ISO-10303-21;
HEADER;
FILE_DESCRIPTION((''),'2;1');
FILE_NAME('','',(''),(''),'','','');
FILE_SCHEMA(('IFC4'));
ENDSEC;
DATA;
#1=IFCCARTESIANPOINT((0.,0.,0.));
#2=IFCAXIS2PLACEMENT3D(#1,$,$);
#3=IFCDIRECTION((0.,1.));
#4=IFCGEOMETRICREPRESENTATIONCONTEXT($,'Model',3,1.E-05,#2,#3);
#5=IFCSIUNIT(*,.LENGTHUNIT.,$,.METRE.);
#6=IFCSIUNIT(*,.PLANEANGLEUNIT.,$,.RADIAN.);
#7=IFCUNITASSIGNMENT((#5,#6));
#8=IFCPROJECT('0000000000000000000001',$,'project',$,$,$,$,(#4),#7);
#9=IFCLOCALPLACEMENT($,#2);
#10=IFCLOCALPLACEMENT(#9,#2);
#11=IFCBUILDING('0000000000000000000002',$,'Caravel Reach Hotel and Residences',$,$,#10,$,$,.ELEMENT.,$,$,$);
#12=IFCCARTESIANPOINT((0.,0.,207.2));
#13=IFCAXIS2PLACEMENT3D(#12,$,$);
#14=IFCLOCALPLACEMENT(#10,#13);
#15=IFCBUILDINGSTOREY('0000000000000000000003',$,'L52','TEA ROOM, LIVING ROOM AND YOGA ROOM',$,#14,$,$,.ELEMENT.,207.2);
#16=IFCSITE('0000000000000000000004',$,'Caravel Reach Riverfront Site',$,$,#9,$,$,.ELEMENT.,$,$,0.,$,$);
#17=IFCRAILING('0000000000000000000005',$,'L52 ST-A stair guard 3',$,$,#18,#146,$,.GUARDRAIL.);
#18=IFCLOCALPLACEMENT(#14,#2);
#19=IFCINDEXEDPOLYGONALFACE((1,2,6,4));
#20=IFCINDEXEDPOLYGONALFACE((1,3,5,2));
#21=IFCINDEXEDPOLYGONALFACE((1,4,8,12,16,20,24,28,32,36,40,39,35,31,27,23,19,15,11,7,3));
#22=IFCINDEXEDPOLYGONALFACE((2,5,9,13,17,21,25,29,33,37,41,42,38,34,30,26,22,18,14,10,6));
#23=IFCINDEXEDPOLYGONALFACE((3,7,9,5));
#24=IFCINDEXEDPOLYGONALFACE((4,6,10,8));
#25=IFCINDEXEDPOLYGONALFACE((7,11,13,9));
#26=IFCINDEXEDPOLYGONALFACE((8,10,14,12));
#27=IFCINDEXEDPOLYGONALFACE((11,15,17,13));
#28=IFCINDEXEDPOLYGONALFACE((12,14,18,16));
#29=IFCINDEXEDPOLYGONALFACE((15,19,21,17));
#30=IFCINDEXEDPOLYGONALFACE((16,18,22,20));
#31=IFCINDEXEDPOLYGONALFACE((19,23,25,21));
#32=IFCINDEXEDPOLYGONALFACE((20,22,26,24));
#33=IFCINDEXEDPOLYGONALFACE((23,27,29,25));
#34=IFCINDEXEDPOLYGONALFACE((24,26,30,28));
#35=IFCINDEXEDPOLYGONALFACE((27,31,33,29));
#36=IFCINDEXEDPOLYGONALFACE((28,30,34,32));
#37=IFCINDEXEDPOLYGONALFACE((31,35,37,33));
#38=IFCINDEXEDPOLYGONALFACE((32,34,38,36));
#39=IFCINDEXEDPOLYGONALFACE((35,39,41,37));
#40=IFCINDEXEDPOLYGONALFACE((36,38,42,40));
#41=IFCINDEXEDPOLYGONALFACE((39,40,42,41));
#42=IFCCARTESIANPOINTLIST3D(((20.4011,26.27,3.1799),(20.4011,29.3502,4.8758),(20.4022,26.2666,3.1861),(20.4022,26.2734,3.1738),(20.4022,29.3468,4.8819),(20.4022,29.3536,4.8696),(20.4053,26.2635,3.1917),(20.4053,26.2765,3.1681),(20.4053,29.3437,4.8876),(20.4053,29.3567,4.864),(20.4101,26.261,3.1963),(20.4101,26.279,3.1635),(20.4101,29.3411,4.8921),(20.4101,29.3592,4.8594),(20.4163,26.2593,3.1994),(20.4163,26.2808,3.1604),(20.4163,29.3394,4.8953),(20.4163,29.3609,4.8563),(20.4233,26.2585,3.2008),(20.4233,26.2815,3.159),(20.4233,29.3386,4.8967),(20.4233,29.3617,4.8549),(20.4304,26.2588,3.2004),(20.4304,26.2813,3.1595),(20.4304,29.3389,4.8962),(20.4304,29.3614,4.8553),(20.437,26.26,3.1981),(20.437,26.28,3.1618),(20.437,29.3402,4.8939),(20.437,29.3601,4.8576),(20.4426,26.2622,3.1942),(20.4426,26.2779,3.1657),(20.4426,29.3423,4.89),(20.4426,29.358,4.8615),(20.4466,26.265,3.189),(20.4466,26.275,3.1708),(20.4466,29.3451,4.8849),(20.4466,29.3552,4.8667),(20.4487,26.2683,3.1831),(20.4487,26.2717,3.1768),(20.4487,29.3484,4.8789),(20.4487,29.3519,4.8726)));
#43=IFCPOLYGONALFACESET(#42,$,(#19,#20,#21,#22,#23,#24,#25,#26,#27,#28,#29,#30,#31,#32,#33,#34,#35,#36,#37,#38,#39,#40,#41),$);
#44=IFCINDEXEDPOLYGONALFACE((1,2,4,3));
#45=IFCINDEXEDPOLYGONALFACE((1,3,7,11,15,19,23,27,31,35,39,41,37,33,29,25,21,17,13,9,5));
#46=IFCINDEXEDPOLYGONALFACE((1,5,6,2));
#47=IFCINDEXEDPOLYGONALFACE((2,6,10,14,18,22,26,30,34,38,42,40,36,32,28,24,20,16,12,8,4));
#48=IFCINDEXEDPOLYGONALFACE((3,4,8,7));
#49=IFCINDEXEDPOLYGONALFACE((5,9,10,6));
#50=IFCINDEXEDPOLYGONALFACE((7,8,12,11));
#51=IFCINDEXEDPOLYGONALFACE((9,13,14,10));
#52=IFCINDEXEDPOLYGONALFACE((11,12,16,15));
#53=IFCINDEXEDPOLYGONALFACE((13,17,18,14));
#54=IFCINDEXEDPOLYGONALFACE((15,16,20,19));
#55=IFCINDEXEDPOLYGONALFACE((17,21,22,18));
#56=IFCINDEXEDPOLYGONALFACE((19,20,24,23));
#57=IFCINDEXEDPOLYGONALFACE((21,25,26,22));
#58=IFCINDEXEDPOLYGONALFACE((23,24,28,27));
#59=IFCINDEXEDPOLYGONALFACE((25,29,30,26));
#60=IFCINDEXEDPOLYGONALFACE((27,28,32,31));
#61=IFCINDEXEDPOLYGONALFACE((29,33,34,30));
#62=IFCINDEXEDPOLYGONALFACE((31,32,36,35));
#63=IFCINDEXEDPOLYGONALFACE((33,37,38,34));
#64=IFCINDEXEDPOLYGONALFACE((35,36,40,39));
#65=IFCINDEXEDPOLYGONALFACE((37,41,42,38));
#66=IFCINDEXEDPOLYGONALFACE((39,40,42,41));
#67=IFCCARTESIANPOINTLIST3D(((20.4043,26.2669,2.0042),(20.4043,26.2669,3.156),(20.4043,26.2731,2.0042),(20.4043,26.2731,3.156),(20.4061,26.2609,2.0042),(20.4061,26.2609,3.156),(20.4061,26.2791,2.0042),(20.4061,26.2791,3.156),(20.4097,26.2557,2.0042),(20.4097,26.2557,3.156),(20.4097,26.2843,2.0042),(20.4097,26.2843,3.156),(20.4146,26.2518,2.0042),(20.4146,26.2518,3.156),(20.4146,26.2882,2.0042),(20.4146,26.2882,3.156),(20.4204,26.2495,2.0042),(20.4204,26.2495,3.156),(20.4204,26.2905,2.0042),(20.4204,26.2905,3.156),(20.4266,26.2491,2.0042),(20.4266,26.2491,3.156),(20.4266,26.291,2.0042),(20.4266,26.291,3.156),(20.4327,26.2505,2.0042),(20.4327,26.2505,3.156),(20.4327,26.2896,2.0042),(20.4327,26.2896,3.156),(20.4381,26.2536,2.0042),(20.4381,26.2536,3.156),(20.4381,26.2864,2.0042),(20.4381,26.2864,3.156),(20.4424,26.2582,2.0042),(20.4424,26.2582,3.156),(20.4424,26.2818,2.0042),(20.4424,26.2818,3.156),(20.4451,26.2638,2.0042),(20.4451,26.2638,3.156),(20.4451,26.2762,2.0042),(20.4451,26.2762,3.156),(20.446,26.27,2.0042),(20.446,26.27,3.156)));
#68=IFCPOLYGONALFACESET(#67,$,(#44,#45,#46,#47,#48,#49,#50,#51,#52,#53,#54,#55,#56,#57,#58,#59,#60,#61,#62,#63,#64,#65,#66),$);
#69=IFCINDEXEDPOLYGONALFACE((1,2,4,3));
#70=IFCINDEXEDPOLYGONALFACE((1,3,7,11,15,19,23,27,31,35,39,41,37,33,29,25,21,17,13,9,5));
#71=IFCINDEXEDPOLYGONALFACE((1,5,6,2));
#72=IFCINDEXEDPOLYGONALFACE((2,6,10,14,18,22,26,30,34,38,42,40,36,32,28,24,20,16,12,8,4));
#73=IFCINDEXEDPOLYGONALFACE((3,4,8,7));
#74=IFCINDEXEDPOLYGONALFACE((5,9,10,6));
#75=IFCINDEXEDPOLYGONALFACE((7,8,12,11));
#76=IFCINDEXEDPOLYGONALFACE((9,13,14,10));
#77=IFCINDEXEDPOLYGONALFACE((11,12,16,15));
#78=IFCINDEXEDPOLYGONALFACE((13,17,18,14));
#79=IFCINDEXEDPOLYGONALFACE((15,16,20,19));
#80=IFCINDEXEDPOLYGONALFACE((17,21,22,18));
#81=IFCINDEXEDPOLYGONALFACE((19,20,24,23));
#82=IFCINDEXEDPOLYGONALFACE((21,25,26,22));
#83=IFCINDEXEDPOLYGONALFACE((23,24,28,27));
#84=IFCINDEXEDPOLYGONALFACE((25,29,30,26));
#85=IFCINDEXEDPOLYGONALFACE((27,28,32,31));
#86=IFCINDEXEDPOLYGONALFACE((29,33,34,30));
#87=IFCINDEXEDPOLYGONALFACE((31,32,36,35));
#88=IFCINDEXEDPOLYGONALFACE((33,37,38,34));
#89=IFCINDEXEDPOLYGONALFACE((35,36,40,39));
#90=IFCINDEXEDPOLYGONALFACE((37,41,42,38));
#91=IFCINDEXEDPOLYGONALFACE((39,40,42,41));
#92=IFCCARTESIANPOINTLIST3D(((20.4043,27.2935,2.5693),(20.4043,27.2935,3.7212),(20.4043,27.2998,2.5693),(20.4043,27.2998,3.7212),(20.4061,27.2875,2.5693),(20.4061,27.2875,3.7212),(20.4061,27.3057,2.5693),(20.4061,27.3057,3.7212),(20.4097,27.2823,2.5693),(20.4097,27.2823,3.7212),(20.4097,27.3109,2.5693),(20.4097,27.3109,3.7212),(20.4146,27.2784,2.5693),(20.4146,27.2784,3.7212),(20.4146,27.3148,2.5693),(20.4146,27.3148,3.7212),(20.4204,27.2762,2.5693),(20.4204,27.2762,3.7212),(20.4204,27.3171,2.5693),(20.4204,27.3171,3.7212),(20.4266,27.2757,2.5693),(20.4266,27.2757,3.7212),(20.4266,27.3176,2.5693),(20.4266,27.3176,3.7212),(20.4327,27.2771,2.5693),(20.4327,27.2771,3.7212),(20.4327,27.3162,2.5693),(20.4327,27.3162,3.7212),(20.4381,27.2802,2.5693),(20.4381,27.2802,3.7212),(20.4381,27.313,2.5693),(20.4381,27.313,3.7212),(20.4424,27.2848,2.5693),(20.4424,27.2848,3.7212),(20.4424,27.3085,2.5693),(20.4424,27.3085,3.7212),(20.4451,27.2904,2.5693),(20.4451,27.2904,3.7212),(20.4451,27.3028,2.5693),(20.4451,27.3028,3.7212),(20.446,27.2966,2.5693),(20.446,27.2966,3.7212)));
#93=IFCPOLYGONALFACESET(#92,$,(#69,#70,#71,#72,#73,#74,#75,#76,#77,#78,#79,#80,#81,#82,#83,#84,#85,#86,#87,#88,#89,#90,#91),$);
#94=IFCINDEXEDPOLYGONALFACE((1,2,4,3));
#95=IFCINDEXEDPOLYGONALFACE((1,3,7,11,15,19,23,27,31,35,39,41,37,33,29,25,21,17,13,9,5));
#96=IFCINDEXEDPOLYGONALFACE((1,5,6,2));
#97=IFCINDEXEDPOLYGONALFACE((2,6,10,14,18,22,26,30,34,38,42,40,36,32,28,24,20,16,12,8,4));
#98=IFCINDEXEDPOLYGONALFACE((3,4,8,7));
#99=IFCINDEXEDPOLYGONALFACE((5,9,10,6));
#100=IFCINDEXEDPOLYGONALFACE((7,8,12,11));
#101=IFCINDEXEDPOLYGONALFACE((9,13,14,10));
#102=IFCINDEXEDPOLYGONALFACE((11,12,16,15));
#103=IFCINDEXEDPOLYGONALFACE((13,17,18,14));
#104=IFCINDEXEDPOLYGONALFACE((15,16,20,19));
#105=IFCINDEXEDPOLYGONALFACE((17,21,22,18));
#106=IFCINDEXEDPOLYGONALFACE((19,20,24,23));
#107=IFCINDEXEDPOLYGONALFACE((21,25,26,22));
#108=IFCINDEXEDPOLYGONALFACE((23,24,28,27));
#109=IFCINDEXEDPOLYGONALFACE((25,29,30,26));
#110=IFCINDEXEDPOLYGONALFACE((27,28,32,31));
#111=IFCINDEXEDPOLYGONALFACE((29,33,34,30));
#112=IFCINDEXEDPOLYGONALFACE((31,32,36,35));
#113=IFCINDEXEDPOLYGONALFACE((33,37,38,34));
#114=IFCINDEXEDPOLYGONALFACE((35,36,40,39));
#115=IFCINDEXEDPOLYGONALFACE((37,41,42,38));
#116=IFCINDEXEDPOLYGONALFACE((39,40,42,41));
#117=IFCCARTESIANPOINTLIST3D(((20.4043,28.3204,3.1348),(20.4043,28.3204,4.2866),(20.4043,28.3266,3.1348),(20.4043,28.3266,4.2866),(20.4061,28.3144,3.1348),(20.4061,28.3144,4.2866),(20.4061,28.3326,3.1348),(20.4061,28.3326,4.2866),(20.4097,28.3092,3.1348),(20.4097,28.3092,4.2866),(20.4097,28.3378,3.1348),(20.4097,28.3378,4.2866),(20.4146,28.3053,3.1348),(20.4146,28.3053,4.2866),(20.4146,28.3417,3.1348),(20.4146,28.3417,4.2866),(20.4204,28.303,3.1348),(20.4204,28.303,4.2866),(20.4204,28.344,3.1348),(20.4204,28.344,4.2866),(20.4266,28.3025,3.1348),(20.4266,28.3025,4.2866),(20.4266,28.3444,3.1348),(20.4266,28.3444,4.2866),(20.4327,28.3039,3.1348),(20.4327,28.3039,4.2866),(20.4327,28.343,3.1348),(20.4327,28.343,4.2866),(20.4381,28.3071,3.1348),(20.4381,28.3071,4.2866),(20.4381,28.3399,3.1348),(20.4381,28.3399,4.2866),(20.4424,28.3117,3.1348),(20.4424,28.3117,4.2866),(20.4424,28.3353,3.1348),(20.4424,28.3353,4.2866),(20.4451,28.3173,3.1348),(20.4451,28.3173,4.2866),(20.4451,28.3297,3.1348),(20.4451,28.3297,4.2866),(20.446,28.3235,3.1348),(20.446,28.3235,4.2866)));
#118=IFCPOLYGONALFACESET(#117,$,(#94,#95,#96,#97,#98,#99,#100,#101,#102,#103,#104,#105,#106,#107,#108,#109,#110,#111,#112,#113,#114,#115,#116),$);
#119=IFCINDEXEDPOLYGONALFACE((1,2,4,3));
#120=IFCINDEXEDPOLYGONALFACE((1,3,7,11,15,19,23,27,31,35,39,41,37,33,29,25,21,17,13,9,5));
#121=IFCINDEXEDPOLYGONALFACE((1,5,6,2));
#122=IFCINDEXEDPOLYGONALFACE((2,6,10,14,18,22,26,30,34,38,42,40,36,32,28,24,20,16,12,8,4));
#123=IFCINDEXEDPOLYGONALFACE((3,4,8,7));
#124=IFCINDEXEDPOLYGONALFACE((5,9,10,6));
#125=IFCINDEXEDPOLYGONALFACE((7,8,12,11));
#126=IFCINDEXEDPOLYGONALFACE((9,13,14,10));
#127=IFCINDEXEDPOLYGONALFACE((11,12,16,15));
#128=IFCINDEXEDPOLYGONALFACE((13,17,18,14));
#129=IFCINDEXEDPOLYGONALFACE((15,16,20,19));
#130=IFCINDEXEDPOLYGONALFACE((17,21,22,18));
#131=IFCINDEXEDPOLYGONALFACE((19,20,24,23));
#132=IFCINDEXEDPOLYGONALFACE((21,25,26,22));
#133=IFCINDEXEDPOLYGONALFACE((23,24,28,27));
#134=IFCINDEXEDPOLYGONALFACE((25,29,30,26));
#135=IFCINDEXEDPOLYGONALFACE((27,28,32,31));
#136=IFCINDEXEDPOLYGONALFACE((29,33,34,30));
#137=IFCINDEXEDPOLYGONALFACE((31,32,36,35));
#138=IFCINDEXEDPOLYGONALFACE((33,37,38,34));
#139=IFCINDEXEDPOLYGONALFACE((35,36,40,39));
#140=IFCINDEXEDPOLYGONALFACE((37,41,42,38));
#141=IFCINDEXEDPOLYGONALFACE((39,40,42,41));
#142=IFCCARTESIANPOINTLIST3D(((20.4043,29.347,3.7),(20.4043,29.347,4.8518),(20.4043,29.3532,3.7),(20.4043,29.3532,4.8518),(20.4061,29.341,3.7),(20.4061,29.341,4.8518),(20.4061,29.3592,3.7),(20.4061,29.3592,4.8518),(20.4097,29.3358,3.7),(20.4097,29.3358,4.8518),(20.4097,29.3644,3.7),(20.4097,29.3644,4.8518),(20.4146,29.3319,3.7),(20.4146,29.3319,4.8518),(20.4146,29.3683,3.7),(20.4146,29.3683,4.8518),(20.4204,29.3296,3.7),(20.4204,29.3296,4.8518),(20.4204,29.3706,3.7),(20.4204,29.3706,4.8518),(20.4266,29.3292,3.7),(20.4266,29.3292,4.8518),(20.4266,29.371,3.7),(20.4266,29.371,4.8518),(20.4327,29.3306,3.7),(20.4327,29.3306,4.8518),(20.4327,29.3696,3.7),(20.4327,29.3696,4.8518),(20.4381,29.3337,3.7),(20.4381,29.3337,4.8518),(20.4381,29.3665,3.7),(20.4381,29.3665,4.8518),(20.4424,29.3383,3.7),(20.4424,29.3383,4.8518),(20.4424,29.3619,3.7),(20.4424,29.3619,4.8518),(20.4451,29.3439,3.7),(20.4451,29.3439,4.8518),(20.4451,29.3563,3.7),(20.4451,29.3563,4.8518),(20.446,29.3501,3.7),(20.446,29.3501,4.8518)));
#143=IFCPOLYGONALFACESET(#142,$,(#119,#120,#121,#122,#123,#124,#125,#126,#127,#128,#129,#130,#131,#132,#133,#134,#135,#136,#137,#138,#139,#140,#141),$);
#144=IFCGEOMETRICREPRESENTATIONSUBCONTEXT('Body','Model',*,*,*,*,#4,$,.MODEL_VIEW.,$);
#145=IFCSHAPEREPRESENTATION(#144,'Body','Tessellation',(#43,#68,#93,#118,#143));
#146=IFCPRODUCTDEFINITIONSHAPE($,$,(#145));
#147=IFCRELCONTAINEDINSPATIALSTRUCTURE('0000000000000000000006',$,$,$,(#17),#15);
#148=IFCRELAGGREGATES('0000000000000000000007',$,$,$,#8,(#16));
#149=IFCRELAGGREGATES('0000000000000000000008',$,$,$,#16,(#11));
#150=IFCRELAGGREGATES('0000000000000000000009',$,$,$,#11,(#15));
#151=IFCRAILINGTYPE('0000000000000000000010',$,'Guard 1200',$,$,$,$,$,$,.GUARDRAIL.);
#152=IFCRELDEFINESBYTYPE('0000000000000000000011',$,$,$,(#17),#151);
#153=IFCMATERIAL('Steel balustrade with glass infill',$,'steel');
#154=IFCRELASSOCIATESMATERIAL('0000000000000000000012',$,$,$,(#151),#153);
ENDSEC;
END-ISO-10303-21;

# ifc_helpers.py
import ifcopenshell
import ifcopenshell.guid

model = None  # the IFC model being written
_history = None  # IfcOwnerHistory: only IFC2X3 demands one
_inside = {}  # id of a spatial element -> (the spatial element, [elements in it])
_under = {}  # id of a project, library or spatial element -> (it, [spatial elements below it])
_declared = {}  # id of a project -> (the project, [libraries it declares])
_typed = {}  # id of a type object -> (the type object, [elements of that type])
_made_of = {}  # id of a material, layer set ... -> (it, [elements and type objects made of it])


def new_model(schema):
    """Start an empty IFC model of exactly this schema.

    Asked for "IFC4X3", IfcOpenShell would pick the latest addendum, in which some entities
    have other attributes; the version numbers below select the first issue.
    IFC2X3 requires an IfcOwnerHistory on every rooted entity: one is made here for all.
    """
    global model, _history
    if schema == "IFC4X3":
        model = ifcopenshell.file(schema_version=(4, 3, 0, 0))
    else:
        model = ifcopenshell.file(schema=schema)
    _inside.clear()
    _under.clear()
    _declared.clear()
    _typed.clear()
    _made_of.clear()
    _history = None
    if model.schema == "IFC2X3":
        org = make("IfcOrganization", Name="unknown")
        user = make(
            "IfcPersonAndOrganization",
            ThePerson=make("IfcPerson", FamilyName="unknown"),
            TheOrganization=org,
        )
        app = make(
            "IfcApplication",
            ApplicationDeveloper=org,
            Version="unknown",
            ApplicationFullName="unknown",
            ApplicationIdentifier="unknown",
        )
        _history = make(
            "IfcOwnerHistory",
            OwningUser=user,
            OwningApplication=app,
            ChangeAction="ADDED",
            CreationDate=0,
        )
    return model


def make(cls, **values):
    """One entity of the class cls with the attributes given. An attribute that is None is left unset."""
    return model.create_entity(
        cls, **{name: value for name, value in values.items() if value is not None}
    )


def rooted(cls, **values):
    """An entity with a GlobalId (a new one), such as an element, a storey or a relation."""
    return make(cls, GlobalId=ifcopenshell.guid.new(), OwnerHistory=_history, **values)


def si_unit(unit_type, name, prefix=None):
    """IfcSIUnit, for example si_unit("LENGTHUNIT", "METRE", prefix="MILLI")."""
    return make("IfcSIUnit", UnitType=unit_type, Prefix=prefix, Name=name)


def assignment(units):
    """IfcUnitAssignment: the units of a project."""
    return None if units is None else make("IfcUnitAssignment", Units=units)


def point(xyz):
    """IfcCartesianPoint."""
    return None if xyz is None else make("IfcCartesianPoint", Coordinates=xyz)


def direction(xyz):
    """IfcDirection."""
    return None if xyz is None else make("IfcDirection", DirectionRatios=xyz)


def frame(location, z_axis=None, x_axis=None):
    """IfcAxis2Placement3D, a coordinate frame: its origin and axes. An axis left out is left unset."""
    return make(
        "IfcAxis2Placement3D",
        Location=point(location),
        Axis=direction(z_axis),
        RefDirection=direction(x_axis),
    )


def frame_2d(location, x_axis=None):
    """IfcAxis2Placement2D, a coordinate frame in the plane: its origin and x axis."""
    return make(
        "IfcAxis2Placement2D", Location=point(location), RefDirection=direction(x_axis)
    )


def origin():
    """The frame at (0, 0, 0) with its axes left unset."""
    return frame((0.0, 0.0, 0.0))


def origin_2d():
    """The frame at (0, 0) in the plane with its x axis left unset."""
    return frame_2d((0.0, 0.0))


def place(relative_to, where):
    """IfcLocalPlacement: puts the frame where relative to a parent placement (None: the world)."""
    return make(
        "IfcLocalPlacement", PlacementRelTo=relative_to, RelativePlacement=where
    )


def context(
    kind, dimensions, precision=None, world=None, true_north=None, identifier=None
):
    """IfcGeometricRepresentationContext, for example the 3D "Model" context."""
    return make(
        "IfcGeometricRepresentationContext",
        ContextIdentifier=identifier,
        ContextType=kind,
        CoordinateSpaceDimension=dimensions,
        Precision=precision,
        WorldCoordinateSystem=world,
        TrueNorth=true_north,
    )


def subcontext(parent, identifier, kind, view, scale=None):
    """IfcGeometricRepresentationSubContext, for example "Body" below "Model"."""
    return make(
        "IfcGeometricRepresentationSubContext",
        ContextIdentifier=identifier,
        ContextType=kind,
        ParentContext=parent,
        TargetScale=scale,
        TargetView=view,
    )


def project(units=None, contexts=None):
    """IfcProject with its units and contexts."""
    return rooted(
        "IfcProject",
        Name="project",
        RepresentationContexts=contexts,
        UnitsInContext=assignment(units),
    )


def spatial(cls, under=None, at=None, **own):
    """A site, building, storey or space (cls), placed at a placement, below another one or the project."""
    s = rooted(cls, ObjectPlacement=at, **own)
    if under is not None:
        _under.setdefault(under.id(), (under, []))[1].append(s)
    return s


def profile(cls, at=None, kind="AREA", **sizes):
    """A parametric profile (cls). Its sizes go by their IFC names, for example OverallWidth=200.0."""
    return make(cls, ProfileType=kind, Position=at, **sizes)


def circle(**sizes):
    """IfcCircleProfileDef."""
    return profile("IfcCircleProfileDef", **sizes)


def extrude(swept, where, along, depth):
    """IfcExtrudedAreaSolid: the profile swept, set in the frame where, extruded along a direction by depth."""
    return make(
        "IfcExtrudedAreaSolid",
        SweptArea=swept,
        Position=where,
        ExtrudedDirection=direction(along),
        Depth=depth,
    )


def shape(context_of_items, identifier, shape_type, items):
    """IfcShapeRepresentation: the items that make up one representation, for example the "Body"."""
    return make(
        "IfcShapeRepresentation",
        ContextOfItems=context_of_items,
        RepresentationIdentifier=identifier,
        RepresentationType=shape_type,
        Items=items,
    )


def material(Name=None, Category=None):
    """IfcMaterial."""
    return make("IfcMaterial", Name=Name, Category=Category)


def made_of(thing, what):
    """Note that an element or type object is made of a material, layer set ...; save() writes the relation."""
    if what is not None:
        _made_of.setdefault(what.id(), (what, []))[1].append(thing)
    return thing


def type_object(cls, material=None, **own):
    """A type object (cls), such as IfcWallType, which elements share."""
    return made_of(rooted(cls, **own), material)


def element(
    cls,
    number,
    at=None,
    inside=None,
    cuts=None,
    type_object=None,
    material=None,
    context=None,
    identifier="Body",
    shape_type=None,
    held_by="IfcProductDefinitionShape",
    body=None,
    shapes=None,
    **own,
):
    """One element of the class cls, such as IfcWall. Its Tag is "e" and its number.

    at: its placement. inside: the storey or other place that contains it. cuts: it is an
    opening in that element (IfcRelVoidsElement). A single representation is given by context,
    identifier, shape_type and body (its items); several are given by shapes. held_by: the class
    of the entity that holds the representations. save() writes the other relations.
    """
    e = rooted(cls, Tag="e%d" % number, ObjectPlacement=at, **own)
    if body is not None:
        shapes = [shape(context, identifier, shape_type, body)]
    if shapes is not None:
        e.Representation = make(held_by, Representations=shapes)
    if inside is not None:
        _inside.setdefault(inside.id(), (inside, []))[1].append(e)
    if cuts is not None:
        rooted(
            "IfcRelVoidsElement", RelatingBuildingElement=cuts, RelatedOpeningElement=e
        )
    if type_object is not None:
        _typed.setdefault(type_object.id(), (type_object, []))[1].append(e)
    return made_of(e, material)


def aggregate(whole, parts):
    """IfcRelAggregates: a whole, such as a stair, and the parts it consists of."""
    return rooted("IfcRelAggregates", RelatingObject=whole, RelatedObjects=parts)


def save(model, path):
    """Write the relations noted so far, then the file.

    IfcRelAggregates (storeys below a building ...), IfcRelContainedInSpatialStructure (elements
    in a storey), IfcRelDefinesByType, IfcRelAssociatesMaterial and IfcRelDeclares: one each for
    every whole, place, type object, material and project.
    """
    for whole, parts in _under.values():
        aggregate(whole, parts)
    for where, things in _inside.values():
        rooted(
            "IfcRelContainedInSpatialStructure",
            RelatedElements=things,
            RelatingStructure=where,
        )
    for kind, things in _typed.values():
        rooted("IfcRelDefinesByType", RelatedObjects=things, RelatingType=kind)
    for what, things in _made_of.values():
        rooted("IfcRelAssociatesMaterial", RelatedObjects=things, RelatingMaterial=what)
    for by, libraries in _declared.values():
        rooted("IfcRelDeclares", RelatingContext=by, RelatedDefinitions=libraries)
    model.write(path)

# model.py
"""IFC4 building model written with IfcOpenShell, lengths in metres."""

from ifc_helpers import new_model, si_unit, direction, frame, origin, origin_2d, place, context, subcontext, project, spatial, circle, extrude, material, type_object, element, save


model = new_model("IFC4")

# Units and contexts
model_context = context("Model", 3, precision=1e-05, world=origin(), true_north=direction((0.0, 1.0)))
body_context = subcontext(model_context, "Body", "Model", "MODEL_VIEW")
ifc_project = project(units=[si_unit("LENGTHUNIT", "METRE"), si_unit("PLANEANGLEUNIT", "RADIAN")], contexts=[model_context])

# Site, building, storey
site_placement = place(None, origin())
site = spatial("IfcSite", under=ifc_project, at=site_placement, Name="Caravel Reach Riverfront Site", CompositionType="ELEMENT", RefElevation=0.0)
building_placement = place(site_placement, origin())
building = spatial("IfcBuilding", under=site, at=building_placement, Name="Caravel Reach Hotel and Residences", CompositionType="ELEMENT")
storey_placement = place(building_placement, frame((0.0, 0.0, 207.2)))
storey = spatial("IfcBuildingStorey", under=building, at=storey_placement, Name="L52", Description="TEA ROOM, LIVING ROOM AND YOGA ROOM", CompositionType="ELEMENT", Elevation=207.2)

# Railing
ifc_material_1 = material(Name="Steel balustrade with glass infill", Category="steel")
railing_type_1 = type_object("IfcRailingType", Name="Guard 1200", PredefinedType="GUARDRAIL", material=ifc_material_1)
railing_1_placement = place(storey_placement, frame((20.425, 26.27, 2.0042)))
element("IfcRailing", 1, at=railing_1_placement, inside=storey, type_object=railing_type_1, Name="L52 ST-A stair guard 3", PredefinedType="GUARDRAIL", context=body_context, shape_type="SweptSolid", body=[
    extrude(circle(Radius=0.0239, at=origin_2d()), frame((0.0, 0.0, 1.1758), z_axis=(0.0, 0.876005, 0.482303), x_axis=(-1.0, 0.0, 0.0)), (0.0, 0.0, 1.0), 3.5161),
    extrude(circle(Radius=0.021, at=origin_2d()), origin(), (0.0, 0.0, 1.0), 1.1519),
    extrude(circle(Radius=0.021, at=origin_2d()), frame((0.0, 1.0266, 0.5652)), (0.0, 0.0, 1.0), 1.1519),
    extrude(circle(Radius=0.021, at=origin_2d()), frame((0.0, 2.0535, 1.1306)), (0.0, 0.0, 1.0), 1.1519),
    extrude(circle(Radius=0.021, at=origin_2d()), frame((0.0, 3.0801, 1.6958)), (0.0, 0.0, 1.0), 1.1519),
])

save(model, "model.ifc")
